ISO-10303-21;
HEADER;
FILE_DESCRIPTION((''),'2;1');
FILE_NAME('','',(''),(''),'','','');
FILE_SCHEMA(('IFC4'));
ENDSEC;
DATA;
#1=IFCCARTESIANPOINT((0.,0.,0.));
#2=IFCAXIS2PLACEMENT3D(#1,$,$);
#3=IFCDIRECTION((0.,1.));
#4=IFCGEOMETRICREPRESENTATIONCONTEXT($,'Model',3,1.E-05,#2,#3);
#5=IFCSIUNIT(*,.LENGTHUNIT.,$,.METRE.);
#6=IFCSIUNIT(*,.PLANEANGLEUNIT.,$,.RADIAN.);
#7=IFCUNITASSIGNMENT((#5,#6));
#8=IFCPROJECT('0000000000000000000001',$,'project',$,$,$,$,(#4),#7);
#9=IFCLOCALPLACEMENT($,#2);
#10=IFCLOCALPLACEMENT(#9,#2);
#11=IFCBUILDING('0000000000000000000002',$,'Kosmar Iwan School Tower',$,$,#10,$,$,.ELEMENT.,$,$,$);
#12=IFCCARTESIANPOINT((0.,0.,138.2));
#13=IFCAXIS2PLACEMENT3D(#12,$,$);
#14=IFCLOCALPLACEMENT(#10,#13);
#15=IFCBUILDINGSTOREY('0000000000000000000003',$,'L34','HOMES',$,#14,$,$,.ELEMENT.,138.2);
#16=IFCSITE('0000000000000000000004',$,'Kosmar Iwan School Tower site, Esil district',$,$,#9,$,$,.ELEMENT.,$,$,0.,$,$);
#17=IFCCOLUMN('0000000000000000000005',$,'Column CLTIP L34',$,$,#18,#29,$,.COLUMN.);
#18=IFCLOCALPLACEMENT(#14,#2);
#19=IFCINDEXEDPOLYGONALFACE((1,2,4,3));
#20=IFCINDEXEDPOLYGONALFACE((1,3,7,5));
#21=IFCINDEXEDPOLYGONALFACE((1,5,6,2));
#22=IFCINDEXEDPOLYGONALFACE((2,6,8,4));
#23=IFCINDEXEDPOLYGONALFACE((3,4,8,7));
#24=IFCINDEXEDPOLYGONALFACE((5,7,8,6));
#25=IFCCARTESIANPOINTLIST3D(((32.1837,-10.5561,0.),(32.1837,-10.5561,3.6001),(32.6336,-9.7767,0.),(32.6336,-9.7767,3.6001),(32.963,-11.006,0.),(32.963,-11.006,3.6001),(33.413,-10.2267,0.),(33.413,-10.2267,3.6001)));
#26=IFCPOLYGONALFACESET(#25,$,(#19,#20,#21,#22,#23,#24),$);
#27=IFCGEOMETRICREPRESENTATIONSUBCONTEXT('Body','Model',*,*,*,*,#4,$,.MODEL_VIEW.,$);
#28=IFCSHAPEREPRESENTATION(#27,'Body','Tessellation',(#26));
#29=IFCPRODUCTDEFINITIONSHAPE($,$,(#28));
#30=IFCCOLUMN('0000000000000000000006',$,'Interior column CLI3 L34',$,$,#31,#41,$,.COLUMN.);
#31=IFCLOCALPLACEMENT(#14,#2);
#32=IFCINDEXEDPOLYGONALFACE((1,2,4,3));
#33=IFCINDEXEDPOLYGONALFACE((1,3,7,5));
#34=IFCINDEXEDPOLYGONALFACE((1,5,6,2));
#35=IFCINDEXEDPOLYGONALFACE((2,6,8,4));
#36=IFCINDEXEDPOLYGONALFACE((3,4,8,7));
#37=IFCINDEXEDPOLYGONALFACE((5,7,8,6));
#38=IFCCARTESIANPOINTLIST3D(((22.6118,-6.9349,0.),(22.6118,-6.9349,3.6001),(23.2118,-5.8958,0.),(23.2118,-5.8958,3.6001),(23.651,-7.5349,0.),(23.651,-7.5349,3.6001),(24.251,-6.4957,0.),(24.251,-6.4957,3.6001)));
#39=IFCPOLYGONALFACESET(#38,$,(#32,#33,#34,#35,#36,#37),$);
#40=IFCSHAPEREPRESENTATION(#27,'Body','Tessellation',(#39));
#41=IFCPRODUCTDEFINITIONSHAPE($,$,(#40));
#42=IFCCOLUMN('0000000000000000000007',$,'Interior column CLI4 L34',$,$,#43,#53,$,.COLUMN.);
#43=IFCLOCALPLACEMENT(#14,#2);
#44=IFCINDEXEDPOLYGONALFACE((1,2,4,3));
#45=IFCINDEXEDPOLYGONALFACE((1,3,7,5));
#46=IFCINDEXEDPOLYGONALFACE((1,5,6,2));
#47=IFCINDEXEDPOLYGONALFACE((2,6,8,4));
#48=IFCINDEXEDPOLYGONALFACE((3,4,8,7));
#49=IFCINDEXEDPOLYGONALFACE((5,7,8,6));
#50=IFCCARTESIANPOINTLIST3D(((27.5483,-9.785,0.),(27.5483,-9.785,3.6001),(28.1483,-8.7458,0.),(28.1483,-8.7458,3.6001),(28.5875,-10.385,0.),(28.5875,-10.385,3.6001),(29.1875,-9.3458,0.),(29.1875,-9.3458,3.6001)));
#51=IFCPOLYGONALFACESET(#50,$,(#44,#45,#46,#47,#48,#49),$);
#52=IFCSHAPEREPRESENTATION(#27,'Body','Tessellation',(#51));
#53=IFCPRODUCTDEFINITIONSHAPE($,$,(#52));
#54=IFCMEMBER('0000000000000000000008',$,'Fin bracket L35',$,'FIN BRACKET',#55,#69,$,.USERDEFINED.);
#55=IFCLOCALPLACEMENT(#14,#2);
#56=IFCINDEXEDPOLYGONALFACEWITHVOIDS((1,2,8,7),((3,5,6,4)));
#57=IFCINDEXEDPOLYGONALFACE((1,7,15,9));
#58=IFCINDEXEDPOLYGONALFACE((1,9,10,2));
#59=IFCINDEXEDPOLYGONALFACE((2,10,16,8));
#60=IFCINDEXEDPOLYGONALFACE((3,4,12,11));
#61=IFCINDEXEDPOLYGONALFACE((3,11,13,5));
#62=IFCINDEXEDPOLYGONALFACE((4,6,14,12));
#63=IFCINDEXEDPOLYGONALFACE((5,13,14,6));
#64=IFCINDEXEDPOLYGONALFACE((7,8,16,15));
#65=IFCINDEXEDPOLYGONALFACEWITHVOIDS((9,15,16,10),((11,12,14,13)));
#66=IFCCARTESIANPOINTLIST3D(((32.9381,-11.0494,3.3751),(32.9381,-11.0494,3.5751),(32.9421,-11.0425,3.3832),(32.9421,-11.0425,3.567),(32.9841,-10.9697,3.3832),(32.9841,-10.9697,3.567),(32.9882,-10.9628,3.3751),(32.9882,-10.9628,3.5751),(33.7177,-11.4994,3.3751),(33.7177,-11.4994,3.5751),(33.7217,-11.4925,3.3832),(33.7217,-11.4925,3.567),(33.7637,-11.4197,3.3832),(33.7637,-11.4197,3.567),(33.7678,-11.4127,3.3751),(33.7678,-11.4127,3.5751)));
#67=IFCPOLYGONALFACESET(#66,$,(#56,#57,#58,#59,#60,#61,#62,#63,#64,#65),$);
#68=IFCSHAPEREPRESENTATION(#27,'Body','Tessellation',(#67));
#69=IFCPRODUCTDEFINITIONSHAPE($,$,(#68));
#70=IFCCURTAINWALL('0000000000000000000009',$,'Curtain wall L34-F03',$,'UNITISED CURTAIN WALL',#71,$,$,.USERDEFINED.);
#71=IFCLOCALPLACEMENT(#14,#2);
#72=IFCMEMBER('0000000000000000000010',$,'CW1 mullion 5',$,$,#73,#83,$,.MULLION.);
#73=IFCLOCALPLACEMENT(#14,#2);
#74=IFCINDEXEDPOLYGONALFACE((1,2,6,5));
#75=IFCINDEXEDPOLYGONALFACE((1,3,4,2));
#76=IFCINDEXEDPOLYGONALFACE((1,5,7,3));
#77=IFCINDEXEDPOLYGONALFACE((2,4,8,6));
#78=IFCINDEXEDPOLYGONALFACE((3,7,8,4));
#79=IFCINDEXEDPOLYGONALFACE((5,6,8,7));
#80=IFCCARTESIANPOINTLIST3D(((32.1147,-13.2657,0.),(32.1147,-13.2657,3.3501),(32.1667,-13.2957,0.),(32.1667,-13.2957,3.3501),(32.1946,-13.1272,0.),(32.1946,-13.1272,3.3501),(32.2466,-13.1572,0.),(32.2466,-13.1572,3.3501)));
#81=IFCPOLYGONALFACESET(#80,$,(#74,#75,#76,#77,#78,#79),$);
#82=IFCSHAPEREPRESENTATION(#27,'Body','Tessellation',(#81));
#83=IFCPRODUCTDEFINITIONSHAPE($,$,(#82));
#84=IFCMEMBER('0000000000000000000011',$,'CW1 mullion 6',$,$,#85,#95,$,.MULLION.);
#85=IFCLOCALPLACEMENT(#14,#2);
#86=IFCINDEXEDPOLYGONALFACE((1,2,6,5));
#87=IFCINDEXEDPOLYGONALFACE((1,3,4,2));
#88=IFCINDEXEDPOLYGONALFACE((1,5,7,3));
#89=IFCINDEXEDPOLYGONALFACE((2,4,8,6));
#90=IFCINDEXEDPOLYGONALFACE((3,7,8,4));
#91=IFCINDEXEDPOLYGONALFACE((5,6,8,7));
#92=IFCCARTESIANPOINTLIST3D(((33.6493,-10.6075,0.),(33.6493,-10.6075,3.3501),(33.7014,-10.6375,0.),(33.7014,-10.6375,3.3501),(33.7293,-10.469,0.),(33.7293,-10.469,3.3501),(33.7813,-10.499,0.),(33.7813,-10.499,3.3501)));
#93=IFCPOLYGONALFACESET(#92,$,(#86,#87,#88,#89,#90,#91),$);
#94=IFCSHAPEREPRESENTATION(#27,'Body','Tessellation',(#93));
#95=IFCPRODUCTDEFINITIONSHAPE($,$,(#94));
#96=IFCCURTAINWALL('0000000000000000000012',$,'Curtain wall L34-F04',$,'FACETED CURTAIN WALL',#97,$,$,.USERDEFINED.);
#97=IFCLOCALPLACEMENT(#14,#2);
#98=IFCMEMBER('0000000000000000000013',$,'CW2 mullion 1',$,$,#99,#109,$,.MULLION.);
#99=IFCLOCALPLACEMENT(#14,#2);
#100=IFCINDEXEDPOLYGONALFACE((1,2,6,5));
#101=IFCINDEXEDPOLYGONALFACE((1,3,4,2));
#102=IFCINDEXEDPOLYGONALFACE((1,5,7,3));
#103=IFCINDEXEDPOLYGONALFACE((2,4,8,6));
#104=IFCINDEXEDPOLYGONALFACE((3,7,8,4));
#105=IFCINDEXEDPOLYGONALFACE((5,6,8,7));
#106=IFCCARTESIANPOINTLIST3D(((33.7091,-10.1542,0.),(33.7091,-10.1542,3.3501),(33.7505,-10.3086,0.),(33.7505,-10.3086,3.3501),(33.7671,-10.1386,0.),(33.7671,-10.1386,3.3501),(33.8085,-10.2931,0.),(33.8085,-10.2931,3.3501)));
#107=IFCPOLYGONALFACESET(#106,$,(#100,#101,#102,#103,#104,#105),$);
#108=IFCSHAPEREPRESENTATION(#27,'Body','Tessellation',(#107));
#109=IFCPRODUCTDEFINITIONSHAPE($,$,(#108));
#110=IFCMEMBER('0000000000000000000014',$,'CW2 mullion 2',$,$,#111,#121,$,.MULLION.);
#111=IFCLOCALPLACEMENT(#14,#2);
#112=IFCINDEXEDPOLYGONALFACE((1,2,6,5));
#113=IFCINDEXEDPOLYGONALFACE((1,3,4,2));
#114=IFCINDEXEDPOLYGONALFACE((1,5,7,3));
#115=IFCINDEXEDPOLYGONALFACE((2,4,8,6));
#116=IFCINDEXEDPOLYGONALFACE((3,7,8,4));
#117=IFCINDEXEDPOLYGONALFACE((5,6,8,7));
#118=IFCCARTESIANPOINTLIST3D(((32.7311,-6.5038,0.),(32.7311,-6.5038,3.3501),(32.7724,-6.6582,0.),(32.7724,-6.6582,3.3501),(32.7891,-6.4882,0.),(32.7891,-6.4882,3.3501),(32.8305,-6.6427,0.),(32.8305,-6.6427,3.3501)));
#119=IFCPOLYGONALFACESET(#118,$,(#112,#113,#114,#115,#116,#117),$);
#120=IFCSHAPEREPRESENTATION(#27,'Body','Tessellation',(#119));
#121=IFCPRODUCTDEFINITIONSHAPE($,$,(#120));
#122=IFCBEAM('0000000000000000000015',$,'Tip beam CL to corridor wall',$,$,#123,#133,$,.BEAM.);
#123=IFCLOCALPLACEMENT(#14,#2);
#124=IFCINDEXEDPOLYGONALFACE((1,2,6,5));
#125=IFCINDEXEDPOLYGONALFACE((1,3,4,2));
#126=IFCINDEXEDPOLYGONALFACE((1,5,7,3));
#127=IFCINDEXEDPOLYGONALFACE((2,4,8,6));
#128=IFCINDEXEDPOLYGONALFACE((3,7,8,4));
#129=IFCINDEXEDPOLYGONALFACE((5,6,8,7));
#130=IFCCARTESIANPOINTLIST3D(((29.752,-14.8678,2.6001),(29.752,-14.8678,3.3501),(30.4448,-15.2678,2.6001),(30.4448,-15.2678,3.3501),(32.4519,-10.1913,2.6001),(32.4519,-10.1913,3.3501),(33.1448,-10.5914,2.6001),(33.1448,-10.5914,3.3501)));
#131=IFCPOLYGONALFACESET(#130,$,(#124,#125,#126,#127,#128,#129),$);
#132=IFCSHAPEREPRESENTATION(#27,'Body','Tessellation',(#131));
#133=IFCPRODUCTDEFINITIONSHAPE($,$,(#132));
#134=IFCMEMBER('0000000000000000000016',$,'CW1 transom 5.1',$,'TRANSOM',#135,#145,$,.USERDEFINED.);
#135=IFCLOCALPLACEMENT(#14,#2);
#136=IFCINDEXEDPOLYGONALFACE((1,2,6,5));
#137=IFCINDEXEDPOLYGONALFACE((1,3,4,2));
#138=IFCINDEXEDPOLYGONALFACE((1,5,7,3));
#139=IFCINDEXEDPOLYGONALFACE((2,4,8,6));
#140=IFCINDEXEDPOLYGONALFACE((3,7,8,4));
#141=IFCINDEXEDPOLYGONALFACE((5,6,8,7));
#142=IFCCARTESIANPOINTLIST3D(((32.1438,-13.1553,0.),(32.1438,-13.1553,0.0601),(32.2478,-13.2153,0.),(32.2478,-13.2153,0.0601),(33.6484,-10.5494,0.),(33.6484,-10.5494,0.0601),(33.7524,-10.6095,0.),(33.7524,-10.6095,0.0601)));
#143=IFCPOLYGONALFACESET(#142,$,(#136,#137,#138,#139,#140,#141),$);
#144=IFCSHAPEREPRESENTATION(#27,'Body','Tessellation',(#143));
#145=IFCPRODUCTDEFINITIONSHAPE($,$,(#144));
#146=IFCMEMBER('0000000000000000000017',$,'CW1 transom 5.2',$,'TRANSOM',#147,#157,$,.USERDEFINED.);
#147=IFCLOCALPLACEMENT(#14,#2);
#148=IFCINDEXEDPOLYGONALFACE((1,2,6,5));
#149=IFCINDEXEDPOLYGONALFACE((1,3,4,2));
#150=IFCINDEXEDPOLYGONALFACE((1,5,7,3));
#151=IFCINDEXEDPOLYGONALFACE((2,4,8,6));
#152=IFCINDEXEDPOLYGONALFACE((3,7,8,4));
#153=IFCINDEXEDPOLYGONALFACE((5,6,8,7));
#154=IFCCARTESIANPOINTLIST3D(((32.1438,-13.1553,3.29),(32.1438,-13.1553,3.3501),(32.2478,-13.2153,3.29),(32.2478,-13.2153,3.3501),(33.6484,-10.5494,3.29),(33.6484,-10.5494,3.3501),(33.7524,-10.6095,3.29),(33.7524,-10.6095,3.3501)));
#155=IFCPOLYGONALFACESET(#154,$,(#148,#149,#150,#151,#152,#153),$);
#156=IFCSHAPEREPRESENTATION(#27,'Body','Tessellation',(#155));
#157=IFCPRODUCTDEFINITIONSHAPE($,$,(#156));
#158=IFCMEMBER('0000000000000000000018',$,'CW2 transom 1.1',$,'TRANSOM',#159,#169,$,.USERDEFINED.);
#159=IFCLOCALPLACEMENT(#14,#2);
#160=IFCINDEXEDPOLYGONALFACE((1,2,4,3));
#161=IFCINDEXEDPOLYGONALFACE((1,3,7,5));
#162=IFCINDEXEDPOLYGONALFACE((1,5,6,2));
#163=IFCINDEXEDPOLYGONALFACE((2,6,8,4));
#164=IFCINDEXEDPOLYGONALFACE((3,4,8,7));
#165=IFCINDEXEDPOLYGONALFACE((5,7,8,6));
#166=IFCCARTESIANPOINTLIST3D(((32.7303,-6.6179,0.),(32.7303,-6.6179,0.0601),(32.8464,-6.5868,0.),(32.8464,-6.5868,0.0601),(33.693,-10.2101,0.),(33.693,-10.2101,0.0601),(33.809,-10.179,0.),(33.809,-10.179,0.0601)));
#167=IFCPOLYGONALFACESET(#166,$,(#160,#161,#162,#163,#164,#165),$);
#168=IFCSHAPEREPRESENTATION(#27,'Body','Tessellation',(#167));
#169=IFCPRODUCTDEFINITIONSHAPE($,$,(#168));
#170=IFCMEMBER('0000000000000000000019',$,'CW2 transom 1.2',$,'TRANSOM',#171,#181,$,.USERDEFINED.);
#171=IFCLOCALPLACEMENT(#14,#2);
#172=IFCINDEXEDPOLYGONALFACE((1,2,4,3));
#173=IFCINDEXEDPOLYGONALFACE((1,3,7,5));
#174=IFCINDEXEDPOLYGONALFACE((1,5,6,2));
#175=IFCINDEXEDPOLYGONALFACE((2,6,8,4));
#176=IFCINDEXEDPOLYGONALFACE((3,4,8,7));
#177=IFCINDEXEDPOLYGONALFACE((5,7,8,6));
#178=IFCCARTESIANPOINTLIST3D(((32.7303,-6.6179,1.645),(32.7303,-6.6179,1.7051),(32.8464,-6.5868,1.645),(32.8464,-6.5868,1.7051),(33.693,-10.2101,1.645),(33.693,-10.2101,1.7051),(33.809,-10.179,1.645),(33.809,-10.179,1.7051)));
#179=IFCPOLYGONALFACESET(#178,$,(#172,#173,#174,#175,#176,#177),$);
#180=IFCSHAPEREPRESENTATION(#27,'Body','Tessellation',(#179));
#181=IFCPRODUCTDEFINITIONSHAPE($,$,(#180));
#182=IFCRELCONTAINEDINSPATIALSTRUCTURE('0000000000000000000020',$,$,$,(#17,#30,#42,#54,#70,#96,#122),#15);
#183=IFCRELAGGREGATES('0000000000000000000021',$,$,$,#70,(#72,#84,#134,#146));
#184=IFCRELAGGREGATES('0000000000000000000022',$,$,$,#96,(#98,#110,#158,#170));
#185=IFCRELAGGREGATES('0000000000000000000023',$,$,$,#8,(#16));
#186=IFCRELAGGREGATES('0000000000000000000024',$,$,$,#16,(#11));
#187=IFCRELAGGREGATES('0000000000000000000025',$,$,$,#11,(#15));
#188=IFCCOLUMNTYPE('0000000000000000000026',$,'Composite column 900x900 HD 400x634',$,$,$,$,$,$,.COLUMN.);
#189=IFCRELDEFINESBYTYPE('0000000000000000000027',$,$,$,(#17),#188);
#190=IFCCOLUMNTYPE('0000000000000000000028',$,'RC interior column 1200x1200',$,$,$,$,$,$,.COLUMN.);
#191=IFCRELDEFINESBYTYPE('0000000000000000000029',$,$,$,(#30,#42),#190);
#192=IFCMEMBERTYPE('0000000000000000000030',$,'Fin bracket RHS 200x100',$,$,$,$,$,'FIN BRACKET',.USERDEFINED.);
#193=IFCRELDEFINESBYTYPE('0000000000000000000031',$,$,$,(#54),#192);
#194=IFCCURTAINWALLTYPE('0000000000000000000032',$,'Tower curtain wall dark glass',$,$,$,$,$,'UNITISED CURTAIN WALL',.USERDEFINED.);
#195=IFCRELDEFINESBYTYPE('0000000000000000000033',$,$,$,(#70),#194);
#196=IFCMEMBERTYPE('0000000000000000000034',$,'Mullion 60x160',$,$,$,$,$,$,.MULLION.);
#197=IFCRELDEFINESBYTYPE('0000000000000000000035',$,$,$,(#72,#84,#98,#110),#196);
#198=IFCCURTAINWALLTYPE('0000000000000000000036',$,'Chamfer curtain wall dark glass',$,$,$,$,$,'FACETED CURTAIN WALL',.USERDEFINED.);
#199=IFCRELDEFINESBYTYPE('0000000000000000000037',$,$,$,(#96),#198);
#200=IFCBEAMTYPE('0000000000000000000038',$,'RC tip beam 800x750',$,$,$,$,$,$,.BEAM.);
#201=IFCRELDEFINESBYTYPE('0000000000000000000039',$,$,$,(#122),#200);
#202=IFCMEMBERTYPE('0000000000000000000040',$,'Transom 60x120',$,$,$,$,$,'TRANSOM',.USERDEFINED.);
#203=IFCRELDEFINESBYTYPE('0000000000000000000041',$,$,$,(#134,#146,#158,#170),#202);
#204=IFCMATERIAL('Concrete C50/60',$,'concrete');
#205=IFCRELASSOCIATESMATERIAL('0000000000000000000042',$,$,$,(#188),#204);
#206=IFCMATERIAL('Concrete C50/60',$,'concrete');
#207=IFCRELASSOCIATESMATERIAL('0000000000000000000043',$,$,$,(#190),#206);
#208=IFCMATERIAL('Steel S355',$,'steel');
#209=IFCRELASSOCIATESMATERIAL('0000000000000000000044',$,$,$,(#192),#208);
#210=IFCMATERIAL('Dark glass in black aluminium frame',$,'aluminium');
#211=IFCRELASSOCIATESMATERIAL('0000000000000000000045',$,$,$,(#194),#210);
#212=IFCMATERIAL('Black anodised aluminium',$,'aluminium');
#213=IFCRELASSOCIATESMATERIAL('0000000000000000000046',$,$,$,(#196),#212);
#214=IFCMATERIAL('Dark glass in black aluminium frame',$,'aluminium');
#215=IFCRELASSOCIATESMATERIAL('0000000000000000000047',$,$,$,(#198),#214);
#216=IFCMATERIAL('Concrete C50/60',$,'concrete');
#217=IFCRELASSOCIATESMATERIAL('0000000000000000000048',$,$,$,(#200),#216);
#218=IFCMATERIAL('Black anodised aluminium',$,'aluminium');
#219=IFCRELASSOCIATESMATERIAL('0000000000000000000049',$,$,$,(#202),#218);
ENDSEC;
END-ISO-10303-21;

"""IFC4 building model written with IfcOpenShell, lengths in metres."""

from ifc_helpers import new_model, si_unit, direction, frame, origin, origin_2d, place, context, subcontext, project, spatial, rectangle, hollow_rectangle, extrude, material, material_profile, profile_set, type_object, element, aggregate, save


model = new_model("IFC4")

# Units and contexts
model_context = context("Model", 3, precision=1e-05, world=origin(), true_north=direction((0.0, 1.0)))
body_context = subcontext(model_context, "Body", "Model", "MODEL_VIEW")
ifc_project = project(units=[si_unit("LENGTHUNIT", "METRE"), si_unit("PLANEANGLEUNIT", "RADIAN")], contexts=[model_context])

# Site, building, storey
site_placement = place(None, origin())
site = spatial("IfcSite", under=ifc_project, at=site_placement, Name="Kosmar Iwan School Tower site, Esil district", CompositionType="ELEMENT", RefElevation=0.0)
building_placement = place(site_placement, origin())
building = spatial("IfcBuilding", under=site, at=building_placement, Name="Kosmar Iwan School Tower", CompositionType="ELEMENT")
storey_placement = place(building_placement, frame((0.0, 0.0, 138.2)))
storey = spatial("IfcBuildingStorey", under=building, at=storey_placement, Name="L34", Description="HOMES", CompositionType="ELEMENT", Elevation=138.2)

# Columns
ifc_material_1 = material(Name="Concrete C50/60", Category="concrete")
ifc_material_profile_1 = material_profile(ifc_material_1, rectangle(XDim=0.8999, YDim=0.8999, at=origin_2d()), Name="RC 900x900 + HD 400x634")
ifc_profile_set_1 = profile_set([ifc_material_profile_1], Name="Concrete C50/60")
column_type_1 = type_object("IfcColumnType", Name="Composite column 900x900 HD 400x634", PredefinedType="COLUMN", material=ifc_profile_set_1)
column_placement = place(storey_placement, frame((32.7983, -10.3914, 0.0), z_axis=(0.0, 0.0, 1.0), x_axis=(0.866025, -0.5, 0.0)))
element("IfcColumn", 1, at=column_placement, inside=storey, type_object=column_type_1, Name="Column CLTIP L34", PredefinedType="COLUMN", context=body_context, shape_type="SweptSolid", body=[
    extrude(rectangle(XDim=0.8999, YDim=0.8999, at=origin_2d()), origin(), (0.0, 0.0, 1.0), 3.6001),
])
ifc_material_2 = material(Name="Concrete C50/60", Category="concrete")
ifc_material_profile_2 = material_profile(ifc_material_2, rectangle(XDim=1.2, YDim=1.2, at=origin_2d()), Name="RC 1200x1200")
ifc_profile_set_2 = profile_set([ifc_material_profile_2], Name="Concrete C50/60")
column_type_2 = type_object("IfcColumnType", Name="RC interior column 1200x1200", PredefinedType="COLUMN", material=ifc_profile_set_2)
for number, where, z_axis, x_axis, name in (
    (2, (23.4314, -6.7153, 0.0), (0.0, 0.0, 1.0), (0.866025, -0.5, 0.0), "Interior column CLI3 L34"),
    (3, (28.3679, -9.5654, 0.0), (0.0, 0.0, 1.0), (0.866025, -0.5, 0.0), "Interior column CLI4 L34"),
):
    element("IfcColumn", number, at=place(storey_placement, frame(where, z_axis=z_axis, x_axis=x_axis)), inside=storey, type_object=column_type_2, Name=name, PredefinedType="COLUMN", context=body_context, shape_type="SweptSolid", body=[
        extrude(rectangle(XDim=1.2, YDim=1.2, at=origin_2d()), origin(), (0.0, 0.0, 1.0), 3.6001),
    ])

# Member
ifc_material_3 = material(Name="Steel S355", Category="steel")
ifc_material_profile_3 = material_profile(ifc_material_3, hollow_rectangle(XDim=0.1001, YDim=0.2, WallThickness=0.0081, at=origin_2d()), Name="RHS 200x100x8")
ifc_profile_set_3 = profile_set([ifc_material_profile_3], Name="Steel S355")
member_type_1 = type_object("IfcMemberType", Name="Fin bracket RHS 200x100", ElementType="FIN BRACKET", PredefinedType="USERDEFINED", material=ifc_profile_set_3)
member_1_placement = place(storey_placement, frame((32.9631, -11.0061, 3.4751), z_axis=(0.866082, -0.499902, 0.0), x_axis=(0.499902, 0.866082, 0.0)))
element("IfcMember", 4, at=member_1_placement, inside=storey, type_object=member_type_1, Name="Fin bracket L35", ObjectType="FIN BRACKET", PredefinedType="USERDEFINED", context=body_context, shape_type="SweptSolid", body=[
    extrude(hollow_rectangle(XDim=0.1001, YDim=0.2, WallThickness=0.0081, at=origin_2d()), origin(), (0.0, 0.0, 1.0), 0.9001),
])

# Curtain walls, members
ifc_material_4 = material(Name="Dark glass in black aluminium frame", Category="aluminium")
curtain_wall_type_1 = type_object("IfcCurtainWallType", Name="Tower curtain wall dark glass", ElementType="UNITISED CURTAIN WALL", PredefinedType="USERDEFINED", material=ifc_material_4)
curtain_wall_1_placement = place(storey_placement, origin())
curtain_wall_1 = element("IfcCurtainWall", 5, at=curtain_wall_1_placement, inside=storey, type_object=curtain_wall_type_1, Name="Curtain wall L34-F03", ObjectType="UNITISED CURTAIN WALL", PredefinedType="USERDEFINED")
ifc_material_5 = material(Name="Black anodised aluminium", Category="aluminium")
ifc_material_profile_4 = material_profile(ifc_material_5, rectangle(XDim=0.0601, YDim=0.1599, at=origin_2d()), Name="MULLION 60x160")
ifc_profile_set_4 = profile_set([ifc_material_profile_4], Name="Black anodised aluminium")
member_type_2 = type_object("IfcMemberType", Name="Mullion 60x160", PredefinedType="MULLION", material=ifc_profile_set_4)
member_2_placement = place(storey_placement, frame((32.1807, -13.2114, 0.0), z_axis=(0.0, 0.0, 1.0), x_axis=(-0.866025, 0.5, 0.0)))
member_2 = element("IfcMember", 6, at=member_2_placement, type_object=member_type_2, Name="CW1 mullion 5", PredefinedType="MULLION", context=body_context, shape_type="SweptSolid", body=[
    extrude(rectangle(XDim=0.0601, YDim=0.1599, at=origin_2d()), origin(), (0.0, 0.0, 1.0), 3.3501),
])
member_3_placement = place(storey_placement, frame((33.7153, -10.5532, 0.0), z_axis=(0.0, 0.0, 1.0), x_axis=(-0.866025, 0.5, 0.0)))
member_3 = element("IfcMember", 7, at=member_3_placement, type_object=member_type_2, Name="CW1 mullion 6", PredefinedType="MULLION", context=body_context, shape_type="SweptSolid", body=[
    extrude(rectangle(XDim=0.0601, YDim=0.1599, at=origin_2d()), origin(), (0.0, 0.0, 1.0), 3.3501),
])
ifc_material_6 = material(Name="Dark glass in black aluminium frame", Category="aluminium")
curtain_wall_type_2 = type_object("IfcCurtainWallType", Name="Chamfer curtain wall dark glass", ElementType="FACETED CURTAIN WALL", PredefinedType="USERDEFINED", material=ifc_material_6)
curtain_wall_2_placement = place(storey_placement, origin())
curtain_wall_2 = element("IfcCurtainWall", 8, at=curtain_wall_2_placement, inside=storey, type_object=curtain_wall_type_2, Name="Curtain wall L34-F04", ObjectType="FACETED CURTAIN WALL", PredefinedType="USERDEFINED")
member_4_placement = place(storey_placement, frame((33.7588, -10.2236, 0.0), z_axis=(0.0, 0.0, 1.0), x_axis=(-0.965926, -0.258819, 0.0)))
member_4 = element("IfcMember", 9, at=member_4_placement, type_object=member_type_2, Name="CW2 mullion 1", PredefinedType="MULLION", context=body_context, shape_type="SweptSolid", body=[
    extrude(rectangle(XDim=0.0601, YDim=0.1599, at=origin_2d()), origin(), (0.0, 0.0, 1.0), 3.3501),
])
member_5_placement = place(storey_placement, frame((32.7808, -6.5732, 0.0), z_axis=(0.0, 0.0, 1.0), x_axis=(-0.965926, -0.258819, 0.0)))
member_5 = element("IfcMember", 10, at=member_5_placement, type_object=member_type_2, Name="CW2 mullion 2", PredefinedType="MULLION", context=body_context, shape_type="SweptSolid", body=[
    extrude(rectangle(XDim=0.0601, YDim=0.1599, at=origin_2d()), origin(), (0.0, 0.0, 1.0), 3.3501),
])

# Beam
ifc_material_7 = material(Name="Concrete C50/60", Category="concrete")
ifc_material_profile_5 = material_profile(ifc_material_7, rectangle(XDim=0.8, YDim=0.75, at=origin_2d()), Name="RC 800x750")
ifc_profile_set_5 = profile_set([ifc_material_profile_5], Name="Concrete C50/60")
beam_type = type_object("IfcBeamType", Name="RC tip beam 800x750", PredefinedType="BEAM", material=ifc_profile_set_5)
beam_placement = place(storey_placement, frame((32.7983, -10.3914, 2.9751), z_axis=(-0.499995, -0.866028, 0.0), x_axis=(0.866028, -0.499995, 0.0)))
element("IfcBeam", 11, at=beam_placement, inside=storey, type_object=beam_type, Name="Tip beam CL to corridor wall", PredefinedType="BEAM", context=body_context, shape_type="SweptSolid", body=[
    extrude(rectangle(XDim=0.8, YDim=0.75, at=origin_2d()), origin(), (0.0, 0.0, 1.0), 5.3999),
])

# Members
ifc_material_8 = material(Name="Black anodised aluminium", Category="aluminium")
ifc_material_profile_6 = material_profile(ifc_material_8, rectangle(XDim=0.1201, YDim=0.0601, at=origin_2d()), Name="TRANSOM 60x120")
ifc_profile_set_6 = profile_set([ifc_material_profile_6], Name="Black anodised aluminium")
member_type_3 = type_object("IfcMemberType", Name="Transom 60x120", ElementType="TRANSOM", PredefinedType="USERDEFINED", material=ifc_profile_set_6)
member_6_placement = place(storey_placement, frame((32.1958, -13.1853, 0.03), z_axis=(0.500022, 0.866013, 0.0), x_axis=(-0.866013, 0.500022, 0.0)))
member_6 = element("IfcMember", 12, at=member_6_placement, type_object=member_type_3, Name="CW1 transom 5.1", ObjectType="TRANSOM", PredefinedType="USERDEFINED", context=body_context, shape_type="SweptSolid", body=[
    extrude(rectangle(XDim=0.1201, YDim=0.0601, at=origin_2d()), origin(), (0.0, 0.0, 1.0), 3.009),
])
member_7_placement = place(storey_placement, frame((32.1958, -13.1853, 3.3201), z_axis=(0.500022, 0.866013, 0.0), x_axis=(-0.866013, 0.500022, 0.0)))
member_7 = element("IfcMember", 13, at=member_7_placement, type_object=member_type_3, Name="CW1 transom 5.2", ObjectType="TRANSOM", PredefinedType="USERDEFINED", context=body_context, shape_type="SweptSolid", body=[
    extrude(rectangle(XDim=0.1201, YDim=0.0601, at=origin_2d()), origin(), (0.0, 0.0, 1.0), 3.009),
])
member_8_placement = place(storey_placement, frame((33.751, -10.1946, 0.03), z_axis=(-0.258843, 0.965919, 0.0), x_axis=(-0.965919, -0.258843, 0.0)))
member_8 = element("IfcMember", 14, at=member_8_placement, type_object=member_type_3, Name="CW2 transom 1.1", ObjectType="TRANSOM", PredefinedType="USERDEFINED", context=body_context, shape_type="SweptSolid", body=[
    extrude(rectangle(XDim=0.1201, YDim=0.0601, at=origin_2d()), origin(), (0.0, 0.0, 1.0), 3.719),
])
member_9_placement = place(storey_placement, frame((33.751, -10.1946, 1.675), z_axis=(-0.258843, 0.965919, 0.0), x_axis=(-0.965919, -0.258843, 0.0)))
member_9 = element("IfcMember", 15, at=member_9_placement, type_object=member_type_3, Name="CW2 transom 1.2", ObjectType="TRANSOM", PredefinedType="USERDEFINED", context=body_context, shape_type="SweptSolid", body=[
    extrude(rectangle(XDim=0.1201, YDim=0.0601, at=origin_2d()), origin(), (0.0, 0.0, 1.0), 3.719),
])

aggregate(curtain_wall_1, [member_2, member_3, member_6, member_7])
aggregate(curtain_wall_2, [member_4, member_5, member_8, member_9])

save(model, "model.ifc")
